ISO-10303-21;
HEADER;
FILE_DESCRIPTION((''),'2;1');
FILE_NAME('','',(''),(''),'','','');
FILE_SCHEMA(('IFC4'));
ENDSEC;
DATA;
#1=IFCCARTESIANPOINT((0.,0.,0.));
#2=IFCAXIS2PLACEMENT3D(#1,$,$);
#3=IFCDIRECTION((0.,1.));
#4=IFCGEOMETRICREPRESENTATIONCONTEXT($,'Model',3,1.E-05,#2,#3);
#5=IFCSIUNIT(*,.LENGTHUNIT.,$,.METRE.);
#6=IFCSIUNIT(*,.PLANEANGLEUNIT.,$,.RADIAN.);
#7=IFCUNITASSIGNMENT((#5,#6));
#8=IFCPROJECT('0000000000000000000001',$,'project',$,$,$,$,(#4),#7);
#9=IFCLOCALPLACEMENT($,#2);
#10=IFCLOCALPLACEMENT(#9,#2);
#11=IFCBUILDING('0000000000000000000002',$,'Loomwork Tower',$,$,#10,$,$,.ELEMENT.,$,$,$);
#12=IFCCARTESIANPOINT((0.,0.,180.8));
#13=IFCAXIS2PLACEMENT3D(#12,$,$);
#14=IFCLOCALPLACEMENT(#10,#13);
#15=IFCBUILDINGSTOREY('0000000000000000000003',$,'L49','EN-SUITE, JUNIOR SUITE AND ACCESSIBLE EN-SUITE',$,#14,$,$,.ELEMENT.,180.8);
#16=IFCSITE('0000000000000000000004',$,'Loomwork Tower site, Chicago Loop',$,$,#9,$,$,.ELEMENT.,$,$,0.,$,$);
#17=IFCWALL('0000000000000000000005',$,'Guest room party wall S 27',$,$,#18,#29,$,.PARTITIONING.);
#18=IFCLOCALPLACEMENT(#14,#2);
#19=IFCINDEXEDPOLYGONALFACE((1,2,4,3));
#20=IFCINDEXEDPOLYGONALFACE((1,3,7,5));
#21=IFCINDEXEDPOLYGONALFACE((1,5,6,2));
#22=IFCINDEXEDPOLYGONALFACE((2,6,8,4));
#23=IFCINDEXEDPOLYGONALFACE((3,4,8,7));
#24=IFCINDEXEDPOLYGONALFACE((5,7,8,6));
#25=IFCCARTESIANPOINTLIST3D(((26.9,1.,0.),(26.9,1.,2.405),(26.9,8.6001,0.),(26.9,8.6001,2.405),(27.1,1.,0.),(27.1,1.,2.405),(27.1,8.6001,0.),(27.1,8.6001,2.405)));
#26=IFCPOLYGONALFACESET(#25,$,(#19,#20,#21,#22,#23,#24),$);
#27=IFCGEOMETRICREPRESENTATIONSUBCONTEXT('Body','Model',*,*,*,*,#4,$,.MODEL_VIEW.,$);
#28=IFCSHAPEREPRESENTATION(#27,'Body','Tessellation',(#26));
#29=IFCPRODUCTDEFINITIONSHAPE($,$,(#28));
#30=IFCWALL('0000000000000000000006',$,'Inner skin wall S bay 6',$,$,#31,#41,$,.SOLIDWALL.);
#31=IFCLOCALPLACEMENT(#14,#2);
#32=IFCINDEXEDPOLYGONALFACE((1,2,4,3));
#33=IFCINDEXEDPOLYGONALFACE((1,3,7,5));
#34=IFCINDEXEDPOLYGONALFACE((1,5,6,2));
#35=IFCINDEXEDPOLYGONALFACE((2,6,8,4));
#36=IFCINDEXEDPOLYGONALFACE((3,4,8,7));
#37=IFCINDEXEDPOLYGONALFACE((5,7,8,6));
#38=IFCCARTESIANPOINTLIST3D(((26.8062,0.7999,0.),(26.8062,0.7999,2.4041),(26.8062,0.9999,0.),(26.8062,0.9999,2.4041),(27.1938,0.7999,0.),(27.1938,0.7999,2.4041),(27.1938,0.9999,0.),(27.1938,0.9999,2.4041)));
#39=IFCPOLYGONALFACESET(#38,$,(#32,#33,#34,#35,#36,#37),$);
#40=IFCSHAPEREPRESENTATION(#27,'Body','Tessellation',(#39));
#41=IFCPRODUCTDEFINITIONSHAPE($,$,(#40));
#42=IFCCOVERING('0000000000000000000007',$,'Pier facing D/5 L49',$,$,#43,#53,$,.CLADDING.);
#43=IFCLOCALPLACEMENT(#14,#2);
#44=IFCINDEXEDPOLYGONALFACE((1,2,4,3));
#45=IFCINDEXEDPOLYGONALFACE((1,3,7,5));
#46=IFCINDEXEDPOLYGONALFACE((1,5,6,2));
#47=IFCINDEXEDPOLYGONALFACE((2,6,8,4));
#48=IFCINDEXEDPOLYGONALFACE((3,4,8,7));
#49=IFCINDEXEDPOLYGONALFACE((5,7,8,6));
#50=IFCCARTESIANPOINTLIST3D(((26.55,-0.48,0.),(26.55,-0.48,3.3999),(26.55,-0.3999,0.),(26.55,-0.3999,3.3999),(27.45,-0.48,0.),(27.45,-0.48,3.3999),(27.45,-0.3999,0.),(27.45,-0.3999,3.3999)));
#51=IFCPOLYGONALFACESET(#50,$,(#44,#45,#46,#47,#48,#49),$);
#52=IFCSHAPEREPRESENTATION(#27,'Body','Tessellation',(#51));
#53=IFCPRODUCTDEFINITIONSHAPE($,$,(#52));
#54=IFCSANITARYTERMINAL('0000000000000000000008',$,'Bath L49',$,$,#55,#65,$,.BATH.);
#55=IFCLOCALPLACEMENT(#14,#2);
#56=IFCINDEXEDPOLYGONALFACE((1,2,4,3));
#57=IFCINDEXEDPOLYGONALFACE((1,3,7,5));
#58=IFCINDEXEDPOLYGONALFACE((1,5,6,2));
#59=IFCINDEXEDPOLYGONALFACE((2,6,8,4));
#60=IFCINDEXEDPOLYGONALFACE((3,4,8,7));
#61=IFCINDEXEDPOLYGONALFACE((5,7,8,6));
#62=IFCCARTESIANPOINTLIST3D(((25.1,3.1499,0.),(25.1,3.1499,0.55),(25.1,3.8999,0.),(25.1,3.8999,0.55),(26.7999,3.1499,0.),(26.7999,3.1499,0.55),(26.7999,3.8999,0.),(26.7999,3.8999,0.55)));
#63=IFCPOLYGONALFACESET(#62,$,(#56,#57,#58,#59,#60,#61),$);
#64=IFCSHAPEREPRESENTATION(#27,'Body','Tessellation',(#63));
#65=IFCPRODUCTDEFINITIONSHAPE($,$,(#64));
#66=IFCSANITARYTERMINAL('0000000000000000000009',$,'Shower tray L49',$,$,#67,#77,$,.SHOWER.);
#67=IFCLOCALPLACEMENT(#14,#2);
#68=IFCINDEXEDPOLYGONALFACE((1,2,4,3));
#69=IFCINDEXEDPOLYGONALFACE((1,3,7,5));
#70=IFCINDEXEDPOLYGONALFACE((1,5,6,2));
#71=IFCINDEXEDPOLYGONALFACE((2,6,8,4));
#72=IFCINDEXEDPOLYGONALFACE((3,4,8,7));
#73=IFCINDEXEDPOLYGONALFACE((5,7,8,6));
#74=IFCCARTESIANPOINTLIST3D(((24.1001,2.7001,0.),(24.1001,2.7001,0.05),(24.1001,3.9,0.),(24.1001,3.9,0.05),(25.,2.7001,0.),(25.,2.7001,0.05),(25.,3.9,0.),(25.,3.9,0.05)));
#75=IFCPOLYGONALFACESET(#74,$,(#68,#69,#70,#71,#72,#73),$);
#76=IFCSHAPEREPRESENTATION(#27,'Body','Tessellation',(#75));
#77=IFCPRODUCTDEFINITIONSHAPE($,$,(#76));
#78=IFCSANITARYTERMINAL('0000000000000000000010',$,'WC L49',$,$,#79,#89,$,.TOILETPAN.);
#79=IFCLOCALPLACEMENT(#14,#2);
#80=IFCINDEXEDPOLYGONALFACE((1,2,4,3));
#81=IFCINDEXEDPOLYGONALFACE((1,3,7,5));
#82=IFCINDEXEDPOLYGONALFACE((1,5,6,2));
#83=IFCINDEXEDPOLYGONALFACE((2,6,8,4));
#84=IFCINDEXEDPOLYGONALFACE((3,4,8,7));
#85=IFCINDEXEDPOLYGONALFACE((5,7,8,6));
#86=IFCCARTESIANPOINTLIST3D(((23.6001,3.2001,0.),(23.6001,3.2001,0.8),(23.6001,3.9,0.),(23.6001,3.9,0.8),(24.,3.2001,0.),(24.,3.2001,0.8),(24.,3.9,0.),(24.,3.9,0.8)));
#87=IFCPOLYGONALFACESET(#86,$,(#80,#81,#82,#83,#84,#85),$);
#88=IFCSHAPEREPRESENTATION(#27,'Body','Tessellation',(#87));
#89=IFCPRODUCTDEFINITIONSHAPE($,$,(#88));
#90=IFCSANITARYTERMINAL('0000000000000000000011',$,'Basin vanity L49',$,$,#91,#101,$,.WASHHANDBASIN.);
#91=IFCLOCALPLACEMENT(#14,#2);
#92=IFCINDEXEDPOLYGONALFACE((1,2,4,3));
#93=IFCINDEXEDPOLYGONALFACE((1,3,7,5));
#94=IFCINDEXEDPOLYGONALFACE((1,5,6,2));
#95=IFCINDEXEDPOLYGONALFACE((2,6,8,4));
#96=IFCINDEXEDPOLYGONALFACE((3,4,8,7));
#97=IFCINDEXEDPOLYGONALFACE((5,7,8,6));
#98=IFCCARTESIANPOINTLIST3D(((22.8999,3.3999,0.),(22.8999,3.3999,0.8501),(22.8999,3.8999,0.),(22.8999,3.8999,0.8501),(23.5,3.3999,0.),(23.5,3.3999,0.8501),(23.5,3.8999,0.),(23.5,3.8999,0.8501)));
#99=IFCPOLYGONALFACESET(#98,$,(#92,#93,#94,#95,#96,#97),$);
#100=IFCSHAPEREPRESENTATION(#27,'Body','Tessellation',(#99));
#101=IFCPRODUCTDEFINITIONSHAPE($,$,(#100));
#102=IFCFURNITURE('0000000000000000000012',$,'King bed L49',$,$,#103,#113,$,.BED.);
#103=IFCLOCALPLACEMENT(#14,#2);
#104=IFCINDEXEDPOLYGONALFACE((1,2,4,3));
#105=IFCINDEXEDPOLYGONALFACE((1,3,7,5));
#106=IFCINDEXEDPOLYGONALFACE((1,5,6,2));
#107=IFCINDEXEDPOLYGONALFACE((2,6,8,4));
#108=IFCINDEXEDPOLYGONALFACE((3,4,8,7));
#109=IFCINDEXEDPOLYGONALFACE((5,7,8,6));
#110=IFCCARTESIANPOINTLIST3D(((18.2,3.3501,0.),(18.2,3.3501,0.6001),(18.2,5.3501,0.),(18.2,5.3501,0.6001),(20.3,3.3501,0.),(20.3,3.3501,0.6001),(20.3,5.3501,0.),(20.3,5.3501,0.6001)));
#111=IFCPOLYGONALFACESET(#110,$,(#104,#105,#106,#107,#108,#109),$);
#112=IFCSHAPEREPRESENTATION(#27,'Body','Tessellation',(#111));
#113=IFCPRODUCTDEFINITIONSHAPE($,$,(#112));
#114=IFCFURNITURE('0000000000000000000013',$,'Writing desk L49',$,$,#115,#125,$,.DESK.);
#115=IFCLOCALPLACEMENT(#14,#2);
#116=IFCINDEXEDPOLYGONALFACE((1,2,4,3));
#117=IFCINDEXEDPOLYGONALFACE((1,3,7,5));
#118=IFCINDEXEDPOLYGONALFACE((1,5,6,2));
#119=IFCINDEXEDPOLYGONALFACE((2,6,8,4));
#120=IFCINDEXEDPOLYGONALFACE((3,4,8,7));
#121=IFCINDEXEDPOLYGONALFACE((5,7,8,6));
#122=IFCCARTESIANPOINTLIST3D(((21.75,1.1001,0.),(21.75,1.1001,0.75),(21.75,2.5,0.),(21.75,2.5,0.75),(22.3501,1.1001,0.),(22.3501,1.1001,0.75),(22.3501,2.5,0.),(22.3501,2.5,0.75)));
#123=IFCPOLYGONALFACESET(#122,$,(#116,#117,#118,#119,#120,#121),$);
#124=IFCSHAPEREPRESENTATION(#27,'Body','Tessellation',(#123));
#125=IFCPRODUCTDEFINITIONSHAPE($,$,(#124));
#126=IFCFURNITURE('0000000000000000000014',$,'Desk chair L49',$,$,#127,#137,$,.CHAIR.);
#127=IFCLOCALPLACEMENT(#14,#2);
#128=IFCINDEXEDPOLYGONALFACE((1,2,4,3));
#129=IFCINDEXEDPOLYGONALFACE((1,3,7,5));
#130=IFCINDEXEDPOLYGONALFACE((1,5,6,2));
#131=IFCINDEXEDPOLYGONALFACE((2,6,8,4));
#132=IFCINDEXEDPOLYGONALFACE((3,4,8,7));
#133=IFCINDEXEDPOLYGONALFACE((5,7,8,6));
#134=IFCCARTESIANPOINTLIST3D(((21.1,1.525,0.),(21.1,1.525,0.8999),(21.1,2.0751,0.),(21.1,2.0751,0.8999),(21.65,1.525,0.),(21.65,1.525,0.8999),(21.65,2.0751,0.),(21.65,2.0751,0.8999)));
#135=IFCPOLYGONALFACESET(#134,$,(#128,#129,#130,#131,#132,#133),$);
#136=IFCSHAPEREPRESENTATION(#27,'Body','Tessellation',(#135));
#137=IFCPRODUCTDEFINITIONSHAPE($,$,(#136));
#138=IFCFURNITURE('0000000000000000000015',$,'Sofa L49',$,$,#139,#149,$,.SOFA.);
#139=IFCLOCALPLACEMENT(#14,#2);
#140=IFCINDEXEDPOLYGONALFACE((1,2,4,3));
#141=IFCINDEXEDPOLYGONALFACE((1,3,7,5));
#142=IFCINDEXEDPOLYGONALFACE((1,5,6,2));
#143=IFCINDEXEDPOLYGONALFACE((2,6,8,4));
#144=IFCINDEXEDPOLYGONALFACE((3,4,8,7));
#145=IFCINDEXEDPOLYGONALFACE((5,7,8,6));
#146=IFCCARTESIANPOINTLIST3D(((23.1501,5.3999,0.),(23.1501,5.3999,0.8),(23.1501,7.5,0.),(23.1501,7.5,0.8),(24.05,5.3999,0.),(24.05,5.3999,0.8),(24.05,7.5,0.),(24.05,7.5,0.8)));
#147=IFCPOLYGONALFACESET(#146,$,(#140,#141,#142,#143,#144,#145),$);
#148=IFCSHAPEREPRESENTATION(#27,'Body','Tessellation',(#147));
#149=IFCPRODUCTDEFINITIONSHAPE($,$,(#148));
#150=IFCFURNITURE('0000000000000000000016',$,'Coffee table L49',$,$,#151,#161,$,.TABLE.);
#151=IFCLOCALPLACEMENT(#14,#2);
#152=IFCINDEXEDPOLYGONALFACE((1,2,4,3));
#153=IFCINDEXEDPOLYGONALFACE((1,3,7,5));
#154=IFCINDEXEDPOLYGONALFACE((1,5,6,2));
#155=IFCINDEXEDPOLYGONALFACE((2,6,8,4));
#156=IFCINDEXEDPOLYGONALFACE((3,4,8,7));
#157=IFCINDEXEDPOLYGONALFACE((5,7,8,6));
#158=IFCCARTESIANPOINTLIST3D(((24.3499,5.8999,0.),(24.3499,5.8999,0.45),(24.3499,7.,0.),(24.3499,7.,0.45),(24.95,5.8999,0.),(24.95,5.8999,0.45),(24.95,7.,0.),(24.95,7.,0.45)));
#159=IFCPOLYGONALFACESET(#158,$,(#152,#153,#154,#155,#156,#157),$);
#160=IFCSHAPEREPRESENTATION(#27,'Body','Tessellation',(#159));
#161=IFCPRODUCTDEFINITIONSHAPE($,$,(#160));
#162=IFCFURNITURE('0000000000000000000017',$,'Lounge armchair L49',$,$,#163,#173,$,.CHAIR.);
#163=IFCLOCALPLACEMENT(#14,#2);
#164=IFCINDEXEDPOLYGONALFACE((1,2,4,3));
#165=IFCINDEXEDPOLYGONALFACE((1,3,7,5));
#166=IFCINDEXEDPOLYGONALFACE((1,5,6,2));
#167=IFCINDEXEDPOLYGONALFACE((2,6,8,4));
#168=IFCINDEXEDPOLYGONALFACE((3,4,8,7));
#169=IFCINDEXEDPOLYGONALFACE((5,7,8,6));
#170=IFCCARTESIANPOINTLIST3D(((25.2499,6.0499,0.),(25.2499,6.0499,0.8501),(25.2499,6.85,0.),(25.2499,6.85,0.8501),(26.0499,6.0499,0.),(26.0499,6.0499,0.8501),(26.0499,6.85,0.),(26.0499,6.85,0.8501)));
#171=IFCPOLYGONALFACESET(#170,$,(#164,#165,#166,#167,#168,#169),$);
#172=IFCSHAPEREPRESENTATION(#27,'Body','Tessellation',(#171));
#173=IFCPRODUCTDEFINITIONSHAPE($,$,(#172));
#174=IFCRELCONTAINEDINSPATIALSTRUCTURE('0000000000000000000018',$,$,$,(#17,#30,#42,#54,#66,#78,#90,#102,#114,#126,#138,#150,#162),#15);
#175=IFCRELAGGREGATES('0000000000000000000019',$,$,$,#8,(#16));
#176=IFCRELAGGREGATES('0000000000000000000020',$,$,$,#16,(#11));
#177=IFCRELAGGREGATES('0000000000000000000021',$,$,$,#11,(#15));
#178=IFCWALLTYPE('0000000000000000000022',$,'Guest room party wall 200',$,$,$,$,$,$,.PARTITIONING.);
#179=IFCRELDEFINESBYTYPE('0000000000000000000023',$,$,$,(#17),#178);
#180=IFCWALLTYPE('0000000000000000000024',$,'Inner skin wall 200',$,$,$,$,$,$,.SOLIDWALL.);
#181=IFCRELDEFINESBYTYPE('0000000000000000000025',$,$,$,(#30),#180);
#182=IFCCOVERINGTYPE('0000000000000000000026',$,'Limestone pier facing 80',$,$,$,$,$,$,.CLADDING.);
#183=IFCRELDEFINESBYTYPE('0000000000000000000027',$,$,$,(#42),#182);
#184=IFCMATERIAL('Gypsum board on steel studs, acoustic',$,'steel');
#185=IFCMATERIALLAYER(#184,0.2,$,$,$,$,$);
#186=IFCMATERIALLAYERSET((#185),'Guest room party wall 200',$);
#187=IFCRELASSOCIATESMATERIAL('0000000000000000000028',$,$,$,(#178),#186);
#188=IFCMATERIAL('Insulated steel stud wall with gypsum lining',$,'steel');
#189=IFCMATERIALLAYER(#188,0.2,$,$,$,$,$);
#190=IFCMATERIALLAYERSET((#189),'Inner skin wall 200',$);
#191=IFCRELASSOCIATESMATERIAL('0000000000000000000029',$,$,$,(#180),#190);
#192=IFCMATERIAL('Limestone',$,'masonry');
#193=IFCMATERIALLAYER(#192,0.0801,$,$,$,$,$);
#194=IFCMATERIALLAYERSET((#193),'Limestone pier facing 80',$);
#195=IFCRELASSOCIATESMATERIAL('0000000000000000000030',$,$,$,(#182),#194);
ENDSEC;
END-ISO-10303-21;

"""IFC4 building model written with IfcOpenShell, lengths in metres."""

from ifc_helpers import new_model, si_unit, direction, frame, frame_2d, origin, origin_2d, place, context, subcontext, project, spatial, rectangle, extrude, material, layer, layer_set, type_object, element, save


model = new_model("IFC4")

# Units and contexts
model_context = context("Model", 3, precision=1e-05, world=origin(), true_north=direction((0.0, 1.0)))
body_context = subcontext(model_context, "Body", "Model", "MODEL_VIEW")
ifc_project = project(units=[si_unit("LENGTHUNIT", "METRE"), si_unit("PLANEANGLEUNIT", "RADIAN")], contexts=[model_context])

# Site, building, storey
site_placement = place(None, origin())
site = spatial("IfcSite", under=ifc_project, at=site_placement, Name="Loomwork Tower site, Chicago Loop", CompositionType="ELEMENT", RefElevation=0.0)
building_placement = place(site_placement, origin())
building = spatial("IfcBuilding", under=site, at=building_placement, Name="Loomwork Tower", CompositionType="ELEMENT")
storey_placement = place(building_placement, frame((0.0, 0.0, 180.8)))
storey = spatial("IfcBuildingStorey", under=building, at=storey_placement, Name="L49", Description="EN-SUITE, JUNIOR SUITE AND ACCESSIBLE EN-SUITE", CompositionType="ELEMENT", Elevation=180.8)

# Walls
ifc_material_1 = material(Name="Gypsum board on steel studs, acoustic", Category="steel")
ifc_layer_1 = layer(ifc_material_1, 0.2)
ifc_layer_set_1 = layer_set([ifc_layer_1], Name="Guest room party wall 200")
wall_type_1 = type_object("IfcWallType", Name="Guest room party wall 200", PredefinedType="PARTITIONING", material=ifc_layer_set_1)
wall_1_placement = place(storey_placement, frame((27.0, 8.6001, 0.0), z_axis=(0.0, 0.0, 1.0), x_axis=(0.0, -1.0, 0.0)))
element("IfcWall", 1, at=wall_1_placement, inside=storey, type_object=wall_type_1, Name="Guest room party wall S 27", PredefinedType="PARTITIONING", context=body_context, shape_type="SweptSolid", body=[
    extrude(rectangle(XDim=7.6001, YDim=0.2, at=frame_2d((3.8, 0.0))), origin(), (0.0, 0.0, 1.0), 2.405),
])
ifc_material_2 = material(Name="Insulated steel stud wall with gypsum lining", Category="steel")
ifc_layer_2 = layer(ifc_material_2, 0.2)
ifc_layer_set_2 = layer_set([ifc_layer_2], Name="Inner skin wall 200")
wall_type_2 = type_object("IfcWallType", Name="Inner skin wall 200", PredefinedType="SOLIDWALL", material=ifc_layer_set_2)
wall_2_placement = place(storey_placement, frame((26.8062, 0.8999, 0.0), z_axis=(0.0, 0.0, 1.0), x_axis=(1.0, 0.0, 0.0)))
element("IfcWall", 2, at=wall_2_placement, inside=storey, type_object=wall_type_2, Name="Inner skin wall S bay 6", PredefinedType="SOLIDWALL", context=body_context, shape_type="SweptSolid", body=[
    extrude(rectangle(XDim=0.3877, YDim=0.2, at=frame_2d((0.1938, 0.0))), origin(), (0.0, 0.0, 1.0), 2.4041),
])

# Covering
ifc_material_3 = material(Name="Limestone", Category="masonry")
ifc_layer_3 = layer(ifc_material_3, 0.0801)
ifc_layer_set_3 = layer_set([ifc_layer_3], Name="Limestone pier facing 80")
covering_type = type_object("IfcCoveringType", Name="Limestone pier facing 80", PredefinedType="CLADDING", material=ifc_layer_set_3)
covering_placement = place(storey_placement, frame((27.0, -0.4399, 0.0), z_axis=(0.0, 0.0, 1.0), x_axis=(1.0, 0.0, 0.0)))
element("IfcCovering", 3, at=covering_placement, inside=storey, type_object=covering_type, Name="Pier facing D/5 L49", PredefinedType="CLADDING", context=body_context, shape_type="SweptSolid", body=[
    extrude(rectangle(XDim=0.8999, YDim=0.0801, at=origin_2d()), origin(), (0.0, 0.0, 1.0), 3.3999),
])

# Sanitary terminals
sanitary_terminal_1_placement = place(storey_placement, frame((25.95, 3.5249, 0.0), z_axis=(0.0, 0.0, 1.0), x_axis=(1.0, 0.0, 0.0)))
element("IfcSanitaryTerminal", 4, at=sanitary_terminal_1_placement, inside=storey, Name="Bath L49", PredefinedType="BATH", context=body_context, shape_type="SweptSolid", body=[
    extrude(rectangle(XDim=1.7, YDim=0.75, at=origin_2d()), origin(), (0.0, 0.0, 1.0), 0.55),
])
sanitary_terminal_2_placement = place(storey_placement, frame((24.55, 3.3, 0.0), z_axis=(0.0, 0.0, 1.0), x_axis=(1.0, 0.0, 0.0)))
element("IfcSanitaryTerminal", 5, at=sanitary_terminal_2_placement, inside=storey, Name="Shower tray L49", PredefinedType="SHOWER", context=body_context, shape_type="SweptSolid", body=[
    extrude(rectangle(XDim=0.8999, YDim=1.2, at=origin_2d()), origin(), (0.0, 0.0, 1.0), 0.05),
])
sanitary_terminal_3_placement = place(storey_placement, frame((23.8, 3.55, 0.0), z_axis=(0.0, 0.0, 1.0), x_axis=(1.0, 0.0, 0.0)))
element("IfcSanitaryTerminal", 6, at=sanitary_terminal_3_placement, inside=storey, Name="WC L49", PredefinedType="TOILETPAN", context=body_context, shape_type="SweptSolid", body=[
    extrude(rectangle(XDim=0.3999, YDim=0.7, at=origin_2d()), origin(), (0.0, 0.0, 1.0), 0.8),
])
sanitary_terminal_4_placement = place(storey_placement, frame((23.2, 3.6499, 0.0), z_axis=(0.0, 0.0, 1.0), x_axis=(1.0, 0.0, 0.0)))
element("IfcSanitaryTerminal", 7, at=sanitary_terminal_4_placement, inside=storey, Name="Basin vanity L49", PredefinedType="WASHHANDBASIN", context=body_context, shape_type="SweptSolid", body=[
    extrude(rectangle(XDim=0.6001, YDim=0.5, at=origin_2d()), origin(), (0.0, 0.0, 1.0), 0.8501),
])

# Furniture
furniture_1_placement = place(storey_placement, frame((19.25, 4.3501, 0.0), z_axis=(0.0, 0.0, 1.0), x_axis=(1.0, 0.0, 0.0)))
element("IfcFurniture", 8, at=furniture_1_placement, inside=storey, Name="King bed L49", PredefinedType="BED", context=body_context, shape_type="SweptSolid", body=[
    extrude(rectangle(XDim=2.1001, YDim=2.0, at=origin_2d()), origin(), (0.0, 0.0, 1.0), 0.6001),
])
furniture_2_placement = place(storey_placement, frame((22.05, 1.8, 0.0), z_axis=(0.0, 0.0, 1.0), x_axis=(1.0, 0.0, 0.0)))
element("IfcFurniture", 9, at=furniture_2_placement, inside=storey, Name="Writing desk L49", PredefinedType="DESK", context=body_context, shape_type="SweptSolid", body=[
    extrude(rectangle(XDim=0.6001, YDim=1.3999, at=origin_2d()), origin(), (0.0, 0.0, 1.0), 0.75),
])
furniture_3_placement = place(storey_placement, frame((21.375, 1.8, 0.0), z_axis=(0.0, 0.0, 1.0), x_axis=(1.0, 0.0, 0.0)))
element("IfcFurniture", 10, at=furniture_3_placement, inside=storey, Name="Desk chair L49", PredefinedType="CHAIR", context=body_context, shape_type="SweptSolid", body=[
    extrude(rectangle(XDim=0.55, YDim=0.55, at=origin_2d()), origin(), (0.0, 0.0, 1.0), 0.8999),
])
furniture_4_placement = place(storey_placement, frame((23.6001, 6.45, 0.0), z_axis=(0.0, 0.0, 1.0), x_axis=(1.0, 0.0, 0.0)))
element("IfcFurniture", 11, at=furniture_4_placement, inside=storey, Name="Sofa L49", PredefinedType="SOFA", context=body_context, shape_type="SweptSolid", body=[
    extrude(rectangle(XDim=0.8999, YDim=2.1001, at=origin_2d()), origin(), (0.0, 0.0, 1.0), 0.8),
])
furniture_5_placement = place(storey_placement, frame((24.6499, 6.45, 0.0), z_axis=(0.0, 0.0, 1.0), x_axis=(1.0, 0.0, 0.0)))
element("IfcFurniture", 12, at=furniture_5_placement, inside=storey, Name="Coffee table L49", PredefinedType="TABLE", context=body_context, shape_type="SweptSolid", body=[
    extrude(rectangle(XDim=0.6001, YDim=1.1001, at=origin_2d()), origin(), (0.0, 0.0, 1.0), 0.45),
])
furniture_6_placement = place(storey_placement, frame((25.6499, 6.45, 0.0), z_axis=(0.0, 0.0, 1.0), x_axis=(1.0, 0.0, 0.0)))
element("IfcFurniture", 13, at=furniture_6_placement, inside=storey, Name="Lounge armchair L49", PredefinedType="CHAIR", context=body_context, shape_type="SweptSolid", body=[
    extrude(rectangle(XDim=0.8, YDim=0.8, at=origin_2d()), origin(), (0.0, 0.0, 1.0), 0.8501),
])

save(model, "model.ifc")
